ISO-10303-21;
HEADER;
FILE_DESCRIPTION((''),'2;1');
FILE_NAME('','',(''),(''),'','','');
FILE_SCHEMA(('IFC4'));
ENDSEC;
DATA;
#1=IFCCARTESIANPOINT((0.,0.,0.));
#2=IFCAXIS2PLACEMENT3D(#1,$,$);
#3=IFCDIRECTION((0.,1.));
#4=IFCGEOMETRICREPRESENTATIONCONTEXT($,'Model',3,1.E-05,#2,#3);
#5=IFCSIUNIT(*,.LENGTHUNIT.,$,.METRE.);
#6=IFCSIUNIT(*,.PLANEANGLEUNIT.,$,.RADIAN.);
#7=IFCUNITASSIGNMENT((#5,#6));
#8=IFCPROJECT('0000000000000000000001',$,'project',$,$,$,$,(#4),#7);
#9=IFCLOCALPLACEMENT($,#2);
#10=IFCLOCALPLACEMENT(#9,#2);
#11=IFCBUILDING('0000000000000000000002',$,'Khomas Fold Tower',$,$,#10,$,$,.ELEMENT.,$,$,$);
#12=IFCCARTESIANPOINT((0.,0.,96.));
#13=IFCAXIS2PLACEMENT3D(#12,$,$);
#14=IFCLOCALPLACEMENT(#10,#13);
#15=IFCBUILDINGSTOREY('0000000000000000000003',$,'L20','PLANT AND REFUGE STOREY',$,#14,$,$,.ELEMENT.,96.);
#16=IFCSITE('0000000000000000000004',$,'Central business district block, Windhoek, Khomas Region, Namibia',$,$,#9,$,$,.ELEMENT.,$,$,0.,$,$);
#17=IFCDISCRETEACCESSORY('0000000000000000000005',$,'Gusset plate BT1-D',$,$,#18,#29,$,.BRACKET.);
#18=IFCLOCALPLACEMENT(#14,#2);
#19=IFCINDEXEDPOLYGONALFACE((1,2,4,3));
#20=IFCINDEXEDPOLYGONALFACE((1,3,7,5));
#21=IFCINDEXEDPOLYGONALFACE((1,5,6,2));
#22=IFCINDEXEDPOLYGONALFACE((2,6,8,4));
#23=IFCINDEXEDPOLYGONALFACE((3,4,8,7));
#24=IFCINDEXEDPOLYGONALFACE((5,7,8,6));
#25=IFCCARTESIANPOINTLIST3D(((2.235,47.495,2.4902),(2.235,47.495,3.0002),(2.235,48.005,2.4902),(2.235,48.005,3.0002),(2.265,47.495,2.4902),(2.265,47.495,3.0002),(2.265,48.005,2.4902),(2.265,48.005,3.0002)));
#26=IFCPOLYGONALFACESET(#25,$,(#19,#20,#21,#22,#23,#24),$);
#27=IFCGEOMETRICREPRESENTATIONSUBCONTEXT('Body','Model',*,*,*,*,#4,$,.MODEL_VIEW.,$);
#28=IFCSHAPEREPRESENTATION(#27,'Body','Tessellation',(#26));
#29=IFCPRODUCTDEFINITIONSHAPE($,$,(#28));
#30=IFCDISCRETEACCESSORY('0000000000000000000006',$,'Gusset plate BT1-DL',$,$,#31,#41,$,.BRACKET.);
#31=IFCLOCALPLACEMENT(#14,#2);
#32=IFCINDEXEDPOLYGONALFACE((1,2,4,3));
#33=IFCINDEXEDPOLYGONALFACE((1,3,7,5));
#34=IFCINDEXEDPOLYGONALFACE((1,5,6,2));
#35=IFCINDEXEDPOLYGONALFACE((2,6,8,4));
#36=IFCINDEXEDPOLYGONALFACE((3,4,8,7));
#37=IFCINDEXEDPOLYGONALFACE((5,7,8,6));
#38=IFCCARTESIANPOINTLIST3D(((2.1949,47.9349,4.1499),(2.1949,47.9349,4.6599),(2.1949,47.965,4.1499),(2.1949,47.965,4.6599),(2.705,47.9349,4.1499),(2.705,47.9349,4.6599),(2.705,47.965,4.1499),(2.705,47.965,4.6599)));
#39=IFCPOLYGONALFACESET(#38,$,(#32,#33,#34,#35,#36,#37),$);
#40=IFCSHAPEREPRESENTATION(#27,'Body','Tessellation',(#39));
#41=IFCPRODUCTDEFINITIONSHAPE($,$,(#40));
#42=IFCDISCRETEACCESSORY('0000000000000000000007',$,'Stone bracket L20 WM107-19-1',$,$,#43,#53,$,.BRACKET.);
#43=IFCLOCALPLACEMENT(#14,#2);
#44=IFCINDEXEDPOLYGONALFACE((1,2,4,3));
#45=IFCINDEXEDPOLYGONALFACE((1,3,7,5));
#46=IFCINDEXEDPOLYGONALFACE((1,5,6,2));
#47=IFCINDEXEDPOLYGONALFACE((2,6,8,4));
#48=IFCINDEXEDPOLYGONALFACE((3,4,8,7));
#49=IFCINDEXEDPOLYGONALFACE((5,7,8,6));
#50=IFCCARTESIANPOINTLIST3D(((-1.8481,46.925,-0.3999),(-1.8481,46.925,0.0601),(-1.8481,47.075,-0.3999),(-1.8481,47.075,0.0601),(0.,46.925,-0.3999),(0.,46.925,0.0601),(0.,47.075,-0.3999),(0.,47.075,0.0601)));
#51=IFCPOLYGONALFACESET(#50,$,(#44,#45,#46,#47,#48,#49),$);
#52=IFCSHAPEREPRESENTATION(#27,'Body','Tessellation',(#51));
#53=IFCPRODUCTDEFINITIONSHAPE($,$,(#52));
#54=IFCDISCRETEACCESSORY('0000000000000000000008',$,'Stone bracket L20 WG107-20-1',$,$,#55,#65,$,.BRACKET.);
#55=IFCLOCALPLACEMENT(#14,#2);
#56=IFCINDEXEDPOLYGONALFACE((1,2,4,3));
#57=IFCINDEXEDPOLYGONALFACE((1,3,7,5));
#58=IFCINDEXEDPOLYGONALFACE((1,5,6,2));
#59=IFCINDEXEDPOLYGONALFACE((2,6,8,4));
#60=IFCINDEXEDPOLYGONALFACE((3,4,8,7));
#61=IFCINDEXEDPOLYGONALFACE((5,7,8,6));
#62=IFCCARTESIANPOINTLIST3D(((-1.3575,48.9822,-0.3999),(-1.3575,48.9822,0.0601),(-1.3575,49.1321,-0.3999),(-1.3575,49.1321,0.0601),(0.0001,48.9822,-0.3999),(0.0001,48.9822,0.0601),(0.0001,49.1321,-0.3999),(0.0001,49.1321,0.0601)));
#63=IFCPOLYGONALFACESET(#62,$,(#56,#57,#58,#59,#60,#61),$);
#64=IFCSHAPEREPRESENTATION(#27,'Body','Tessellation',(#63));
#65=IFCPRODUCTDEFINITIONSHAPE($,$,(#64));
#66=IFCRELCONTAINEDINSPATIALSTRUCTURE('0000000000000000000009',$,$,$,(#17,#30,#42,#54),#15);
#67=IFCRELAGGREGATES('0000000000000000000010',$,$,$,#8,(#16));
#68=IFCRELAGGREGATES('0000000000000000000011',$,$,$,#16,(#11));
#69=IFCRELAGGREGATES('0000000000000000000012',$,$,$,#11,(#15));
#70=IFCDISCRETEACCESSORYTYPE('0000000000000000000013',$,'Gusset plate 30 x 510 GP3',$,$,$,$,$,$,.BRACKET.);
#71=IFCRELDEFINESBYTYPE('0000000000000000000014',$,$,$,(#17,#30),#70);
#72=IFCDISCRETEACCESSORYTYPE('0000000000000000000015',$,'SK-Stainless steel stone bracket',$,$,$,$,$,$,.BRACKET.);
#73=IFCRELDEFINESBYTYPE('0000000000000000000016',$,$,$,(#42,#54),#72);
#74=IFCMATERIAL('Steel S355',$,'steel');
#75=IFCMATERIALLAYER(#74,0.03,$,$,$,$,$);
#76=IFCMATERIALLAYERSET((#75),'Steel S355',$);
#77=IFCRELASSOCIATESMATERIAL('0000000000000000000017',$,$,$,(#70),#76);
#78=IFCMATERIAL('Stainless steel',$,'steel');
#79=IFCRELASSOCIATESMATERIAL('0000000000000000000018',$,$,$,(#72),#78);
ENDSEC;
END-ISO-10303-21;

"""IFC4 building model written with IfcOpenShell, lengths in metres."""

from ifc_helpers import new_model, si_unit, direction, frame, origin, origin_2d, place, context, subcontext, project, spatial, rectangle, extrude, source, transform, mapped, material, layer, layer_set, type_object, element, save


model = new_model("IFC4")

# Units and contexts
model_context = context("Model", 3, precision=1e-05, world=origin(), true_north=direction((0.0, 1.0)))
body_context = subcontext(model_context, "Body", "Model", "MODEL_VIEW")
ifc_project = project(units=[si_unit("LENGTHUNIT", "METRE"), si_unit("PLANEANGLEUNIT", "RADIAN")], contexts=[model_context])

# Site, building, storey
site_placement = place(None, origin())
site = spatial("IfcSite", under=ifc_project, at=site_placement, Name="Central business district block, Windhoek, Khomas Region, Namibia", CompositionType="ELEMENT", RefElevation=0.0)
building_placement = place(site_placement, origin())
building = spatial("IfcBuilding", under=site, at=building_placement, Name="Khomas Fold Tower", CompositionType="ELEMENT")
storey_placement = place(building_placement, frame((0.0, 0.0, 96.0)))
storey = spatial("IfcBuildingStorey", under=building, at=storey_placement, Name="L20", Description="PLANT AND REFUGE STOREY", CompositionType="ELEMENT", Elevation=96.0)

# Discrete accessories
ifc_material_1 = material(Name="Steel S355", Category="steel")
ifc_layer_1 = layer(ifc_material_1, 0.03)
ifc_layer_set_1 = layer_set([ifc_layer_1], Name="Steel S355")
discrete_accessory_type_1 = type_object("IfcDiscreteAccessoryType", Name="Gusset plate 30 x 510 GP3", PredefinedType="BRACKET", material=ifc_layer_set_1)
shared_shape_1 = source(origin(), body_context, "Body", "SweptSolid", [
    extrude(rectangle(XDim=0.51, YDim=0.03, at=origin_2d()), origin(), (0.0, 0.0, 1.0), 0.51),
])
for number, where, z_axis, x_axis, name in (
    (1, (2.25, 47.75, 2.4902), (0.0, 0.0, 1.0), (0.0, 1.0, 0.0), "Gusset plate BT1-D"),
    (2, (2.45, 47.95, 4.1499), (0.0, 0.0, 1.0), (1.0, 0.0, 0.0), "Gusset plate BT1-DL"),
):
    element("IfcDiscreteAccessory", number, at=place(storey_placement, frame(where, z_axis=z_axis, x_axis=x_axis)), inside=storey, type_object=discrete_accessory_type_1, Name=name, PredefinedType="BRACKET", context=body_context, shape_type="MappedRepresentation", body=[
        mapped(shared_shape_1, transform((0.0, 0.0, 0.0))),
    ])
ifc_material_2 = material(Name="Stainless steel", Category="steel")
discrete_accessory_type_2 = type_object("IfcDiscreteAccessoryType", Name="SK-Stainless steel stone bracket", PredefinedType="BRACKET", material=ifc_material_2)
shared_shape_2 = source(origin(), body_context, "Body", "SweptSolid", [
    extrude(rectangle(XDim=1.8481, YDim=0.1499, at=origin_2d()), origin(), (0.0, 0.0, 1.0), 0.46),
])
discrete_accessory_1_placement = place(storey_placement, frame((-0.9241, 47.0, -0.3999), z_axis=(0.0, 0.0, 1.0), x_axis=(-1.0, 0.0, 0.0)))
element("IfcDiscreteAccessory", 3, at=discrete_accessory_1_placement, inside=storey, type_object=discrete_accessory_type_2, Name="Stone bracket L20 WM107-19-1", PredefinedType="BRACKET", context=body_context, shape_type="MappedRepresentation", body=[
    mapped(shared_shape_2, transform((0.0, 0.0, 0.0))),
])
shared_shape_3 = source(origin(), body_context, "Body", "SweptSolid", [
    extrude(rectangle(XDim=1.3577, YDim=0.1499, at=origin_2d()), origin(), (0.0, 0.0, 1.0), 0.46),
])
discrete_accessory_2_placement = place(storey_placement, frame((-0.6787, 49.0571, -0.3999), z_axis=(0.0, 0.0, 1.0), x_axis=(-1.0, 0.0, 0.0)))
element("IfcDiscreteAccessory", 4, at=discrete_accessory_2_placement, inside=storey, type_object=discrete_accessory_type_2, Name="Stone bracket L20 WG107-20-1", PredefinedType="BRACKET", context=body_context, shape_type="MappedRepresentation", body=[
    mapped(shared_shape_3, transform((0.0, 0.0, 0.0))),
])

save(model, "model.ifc")
